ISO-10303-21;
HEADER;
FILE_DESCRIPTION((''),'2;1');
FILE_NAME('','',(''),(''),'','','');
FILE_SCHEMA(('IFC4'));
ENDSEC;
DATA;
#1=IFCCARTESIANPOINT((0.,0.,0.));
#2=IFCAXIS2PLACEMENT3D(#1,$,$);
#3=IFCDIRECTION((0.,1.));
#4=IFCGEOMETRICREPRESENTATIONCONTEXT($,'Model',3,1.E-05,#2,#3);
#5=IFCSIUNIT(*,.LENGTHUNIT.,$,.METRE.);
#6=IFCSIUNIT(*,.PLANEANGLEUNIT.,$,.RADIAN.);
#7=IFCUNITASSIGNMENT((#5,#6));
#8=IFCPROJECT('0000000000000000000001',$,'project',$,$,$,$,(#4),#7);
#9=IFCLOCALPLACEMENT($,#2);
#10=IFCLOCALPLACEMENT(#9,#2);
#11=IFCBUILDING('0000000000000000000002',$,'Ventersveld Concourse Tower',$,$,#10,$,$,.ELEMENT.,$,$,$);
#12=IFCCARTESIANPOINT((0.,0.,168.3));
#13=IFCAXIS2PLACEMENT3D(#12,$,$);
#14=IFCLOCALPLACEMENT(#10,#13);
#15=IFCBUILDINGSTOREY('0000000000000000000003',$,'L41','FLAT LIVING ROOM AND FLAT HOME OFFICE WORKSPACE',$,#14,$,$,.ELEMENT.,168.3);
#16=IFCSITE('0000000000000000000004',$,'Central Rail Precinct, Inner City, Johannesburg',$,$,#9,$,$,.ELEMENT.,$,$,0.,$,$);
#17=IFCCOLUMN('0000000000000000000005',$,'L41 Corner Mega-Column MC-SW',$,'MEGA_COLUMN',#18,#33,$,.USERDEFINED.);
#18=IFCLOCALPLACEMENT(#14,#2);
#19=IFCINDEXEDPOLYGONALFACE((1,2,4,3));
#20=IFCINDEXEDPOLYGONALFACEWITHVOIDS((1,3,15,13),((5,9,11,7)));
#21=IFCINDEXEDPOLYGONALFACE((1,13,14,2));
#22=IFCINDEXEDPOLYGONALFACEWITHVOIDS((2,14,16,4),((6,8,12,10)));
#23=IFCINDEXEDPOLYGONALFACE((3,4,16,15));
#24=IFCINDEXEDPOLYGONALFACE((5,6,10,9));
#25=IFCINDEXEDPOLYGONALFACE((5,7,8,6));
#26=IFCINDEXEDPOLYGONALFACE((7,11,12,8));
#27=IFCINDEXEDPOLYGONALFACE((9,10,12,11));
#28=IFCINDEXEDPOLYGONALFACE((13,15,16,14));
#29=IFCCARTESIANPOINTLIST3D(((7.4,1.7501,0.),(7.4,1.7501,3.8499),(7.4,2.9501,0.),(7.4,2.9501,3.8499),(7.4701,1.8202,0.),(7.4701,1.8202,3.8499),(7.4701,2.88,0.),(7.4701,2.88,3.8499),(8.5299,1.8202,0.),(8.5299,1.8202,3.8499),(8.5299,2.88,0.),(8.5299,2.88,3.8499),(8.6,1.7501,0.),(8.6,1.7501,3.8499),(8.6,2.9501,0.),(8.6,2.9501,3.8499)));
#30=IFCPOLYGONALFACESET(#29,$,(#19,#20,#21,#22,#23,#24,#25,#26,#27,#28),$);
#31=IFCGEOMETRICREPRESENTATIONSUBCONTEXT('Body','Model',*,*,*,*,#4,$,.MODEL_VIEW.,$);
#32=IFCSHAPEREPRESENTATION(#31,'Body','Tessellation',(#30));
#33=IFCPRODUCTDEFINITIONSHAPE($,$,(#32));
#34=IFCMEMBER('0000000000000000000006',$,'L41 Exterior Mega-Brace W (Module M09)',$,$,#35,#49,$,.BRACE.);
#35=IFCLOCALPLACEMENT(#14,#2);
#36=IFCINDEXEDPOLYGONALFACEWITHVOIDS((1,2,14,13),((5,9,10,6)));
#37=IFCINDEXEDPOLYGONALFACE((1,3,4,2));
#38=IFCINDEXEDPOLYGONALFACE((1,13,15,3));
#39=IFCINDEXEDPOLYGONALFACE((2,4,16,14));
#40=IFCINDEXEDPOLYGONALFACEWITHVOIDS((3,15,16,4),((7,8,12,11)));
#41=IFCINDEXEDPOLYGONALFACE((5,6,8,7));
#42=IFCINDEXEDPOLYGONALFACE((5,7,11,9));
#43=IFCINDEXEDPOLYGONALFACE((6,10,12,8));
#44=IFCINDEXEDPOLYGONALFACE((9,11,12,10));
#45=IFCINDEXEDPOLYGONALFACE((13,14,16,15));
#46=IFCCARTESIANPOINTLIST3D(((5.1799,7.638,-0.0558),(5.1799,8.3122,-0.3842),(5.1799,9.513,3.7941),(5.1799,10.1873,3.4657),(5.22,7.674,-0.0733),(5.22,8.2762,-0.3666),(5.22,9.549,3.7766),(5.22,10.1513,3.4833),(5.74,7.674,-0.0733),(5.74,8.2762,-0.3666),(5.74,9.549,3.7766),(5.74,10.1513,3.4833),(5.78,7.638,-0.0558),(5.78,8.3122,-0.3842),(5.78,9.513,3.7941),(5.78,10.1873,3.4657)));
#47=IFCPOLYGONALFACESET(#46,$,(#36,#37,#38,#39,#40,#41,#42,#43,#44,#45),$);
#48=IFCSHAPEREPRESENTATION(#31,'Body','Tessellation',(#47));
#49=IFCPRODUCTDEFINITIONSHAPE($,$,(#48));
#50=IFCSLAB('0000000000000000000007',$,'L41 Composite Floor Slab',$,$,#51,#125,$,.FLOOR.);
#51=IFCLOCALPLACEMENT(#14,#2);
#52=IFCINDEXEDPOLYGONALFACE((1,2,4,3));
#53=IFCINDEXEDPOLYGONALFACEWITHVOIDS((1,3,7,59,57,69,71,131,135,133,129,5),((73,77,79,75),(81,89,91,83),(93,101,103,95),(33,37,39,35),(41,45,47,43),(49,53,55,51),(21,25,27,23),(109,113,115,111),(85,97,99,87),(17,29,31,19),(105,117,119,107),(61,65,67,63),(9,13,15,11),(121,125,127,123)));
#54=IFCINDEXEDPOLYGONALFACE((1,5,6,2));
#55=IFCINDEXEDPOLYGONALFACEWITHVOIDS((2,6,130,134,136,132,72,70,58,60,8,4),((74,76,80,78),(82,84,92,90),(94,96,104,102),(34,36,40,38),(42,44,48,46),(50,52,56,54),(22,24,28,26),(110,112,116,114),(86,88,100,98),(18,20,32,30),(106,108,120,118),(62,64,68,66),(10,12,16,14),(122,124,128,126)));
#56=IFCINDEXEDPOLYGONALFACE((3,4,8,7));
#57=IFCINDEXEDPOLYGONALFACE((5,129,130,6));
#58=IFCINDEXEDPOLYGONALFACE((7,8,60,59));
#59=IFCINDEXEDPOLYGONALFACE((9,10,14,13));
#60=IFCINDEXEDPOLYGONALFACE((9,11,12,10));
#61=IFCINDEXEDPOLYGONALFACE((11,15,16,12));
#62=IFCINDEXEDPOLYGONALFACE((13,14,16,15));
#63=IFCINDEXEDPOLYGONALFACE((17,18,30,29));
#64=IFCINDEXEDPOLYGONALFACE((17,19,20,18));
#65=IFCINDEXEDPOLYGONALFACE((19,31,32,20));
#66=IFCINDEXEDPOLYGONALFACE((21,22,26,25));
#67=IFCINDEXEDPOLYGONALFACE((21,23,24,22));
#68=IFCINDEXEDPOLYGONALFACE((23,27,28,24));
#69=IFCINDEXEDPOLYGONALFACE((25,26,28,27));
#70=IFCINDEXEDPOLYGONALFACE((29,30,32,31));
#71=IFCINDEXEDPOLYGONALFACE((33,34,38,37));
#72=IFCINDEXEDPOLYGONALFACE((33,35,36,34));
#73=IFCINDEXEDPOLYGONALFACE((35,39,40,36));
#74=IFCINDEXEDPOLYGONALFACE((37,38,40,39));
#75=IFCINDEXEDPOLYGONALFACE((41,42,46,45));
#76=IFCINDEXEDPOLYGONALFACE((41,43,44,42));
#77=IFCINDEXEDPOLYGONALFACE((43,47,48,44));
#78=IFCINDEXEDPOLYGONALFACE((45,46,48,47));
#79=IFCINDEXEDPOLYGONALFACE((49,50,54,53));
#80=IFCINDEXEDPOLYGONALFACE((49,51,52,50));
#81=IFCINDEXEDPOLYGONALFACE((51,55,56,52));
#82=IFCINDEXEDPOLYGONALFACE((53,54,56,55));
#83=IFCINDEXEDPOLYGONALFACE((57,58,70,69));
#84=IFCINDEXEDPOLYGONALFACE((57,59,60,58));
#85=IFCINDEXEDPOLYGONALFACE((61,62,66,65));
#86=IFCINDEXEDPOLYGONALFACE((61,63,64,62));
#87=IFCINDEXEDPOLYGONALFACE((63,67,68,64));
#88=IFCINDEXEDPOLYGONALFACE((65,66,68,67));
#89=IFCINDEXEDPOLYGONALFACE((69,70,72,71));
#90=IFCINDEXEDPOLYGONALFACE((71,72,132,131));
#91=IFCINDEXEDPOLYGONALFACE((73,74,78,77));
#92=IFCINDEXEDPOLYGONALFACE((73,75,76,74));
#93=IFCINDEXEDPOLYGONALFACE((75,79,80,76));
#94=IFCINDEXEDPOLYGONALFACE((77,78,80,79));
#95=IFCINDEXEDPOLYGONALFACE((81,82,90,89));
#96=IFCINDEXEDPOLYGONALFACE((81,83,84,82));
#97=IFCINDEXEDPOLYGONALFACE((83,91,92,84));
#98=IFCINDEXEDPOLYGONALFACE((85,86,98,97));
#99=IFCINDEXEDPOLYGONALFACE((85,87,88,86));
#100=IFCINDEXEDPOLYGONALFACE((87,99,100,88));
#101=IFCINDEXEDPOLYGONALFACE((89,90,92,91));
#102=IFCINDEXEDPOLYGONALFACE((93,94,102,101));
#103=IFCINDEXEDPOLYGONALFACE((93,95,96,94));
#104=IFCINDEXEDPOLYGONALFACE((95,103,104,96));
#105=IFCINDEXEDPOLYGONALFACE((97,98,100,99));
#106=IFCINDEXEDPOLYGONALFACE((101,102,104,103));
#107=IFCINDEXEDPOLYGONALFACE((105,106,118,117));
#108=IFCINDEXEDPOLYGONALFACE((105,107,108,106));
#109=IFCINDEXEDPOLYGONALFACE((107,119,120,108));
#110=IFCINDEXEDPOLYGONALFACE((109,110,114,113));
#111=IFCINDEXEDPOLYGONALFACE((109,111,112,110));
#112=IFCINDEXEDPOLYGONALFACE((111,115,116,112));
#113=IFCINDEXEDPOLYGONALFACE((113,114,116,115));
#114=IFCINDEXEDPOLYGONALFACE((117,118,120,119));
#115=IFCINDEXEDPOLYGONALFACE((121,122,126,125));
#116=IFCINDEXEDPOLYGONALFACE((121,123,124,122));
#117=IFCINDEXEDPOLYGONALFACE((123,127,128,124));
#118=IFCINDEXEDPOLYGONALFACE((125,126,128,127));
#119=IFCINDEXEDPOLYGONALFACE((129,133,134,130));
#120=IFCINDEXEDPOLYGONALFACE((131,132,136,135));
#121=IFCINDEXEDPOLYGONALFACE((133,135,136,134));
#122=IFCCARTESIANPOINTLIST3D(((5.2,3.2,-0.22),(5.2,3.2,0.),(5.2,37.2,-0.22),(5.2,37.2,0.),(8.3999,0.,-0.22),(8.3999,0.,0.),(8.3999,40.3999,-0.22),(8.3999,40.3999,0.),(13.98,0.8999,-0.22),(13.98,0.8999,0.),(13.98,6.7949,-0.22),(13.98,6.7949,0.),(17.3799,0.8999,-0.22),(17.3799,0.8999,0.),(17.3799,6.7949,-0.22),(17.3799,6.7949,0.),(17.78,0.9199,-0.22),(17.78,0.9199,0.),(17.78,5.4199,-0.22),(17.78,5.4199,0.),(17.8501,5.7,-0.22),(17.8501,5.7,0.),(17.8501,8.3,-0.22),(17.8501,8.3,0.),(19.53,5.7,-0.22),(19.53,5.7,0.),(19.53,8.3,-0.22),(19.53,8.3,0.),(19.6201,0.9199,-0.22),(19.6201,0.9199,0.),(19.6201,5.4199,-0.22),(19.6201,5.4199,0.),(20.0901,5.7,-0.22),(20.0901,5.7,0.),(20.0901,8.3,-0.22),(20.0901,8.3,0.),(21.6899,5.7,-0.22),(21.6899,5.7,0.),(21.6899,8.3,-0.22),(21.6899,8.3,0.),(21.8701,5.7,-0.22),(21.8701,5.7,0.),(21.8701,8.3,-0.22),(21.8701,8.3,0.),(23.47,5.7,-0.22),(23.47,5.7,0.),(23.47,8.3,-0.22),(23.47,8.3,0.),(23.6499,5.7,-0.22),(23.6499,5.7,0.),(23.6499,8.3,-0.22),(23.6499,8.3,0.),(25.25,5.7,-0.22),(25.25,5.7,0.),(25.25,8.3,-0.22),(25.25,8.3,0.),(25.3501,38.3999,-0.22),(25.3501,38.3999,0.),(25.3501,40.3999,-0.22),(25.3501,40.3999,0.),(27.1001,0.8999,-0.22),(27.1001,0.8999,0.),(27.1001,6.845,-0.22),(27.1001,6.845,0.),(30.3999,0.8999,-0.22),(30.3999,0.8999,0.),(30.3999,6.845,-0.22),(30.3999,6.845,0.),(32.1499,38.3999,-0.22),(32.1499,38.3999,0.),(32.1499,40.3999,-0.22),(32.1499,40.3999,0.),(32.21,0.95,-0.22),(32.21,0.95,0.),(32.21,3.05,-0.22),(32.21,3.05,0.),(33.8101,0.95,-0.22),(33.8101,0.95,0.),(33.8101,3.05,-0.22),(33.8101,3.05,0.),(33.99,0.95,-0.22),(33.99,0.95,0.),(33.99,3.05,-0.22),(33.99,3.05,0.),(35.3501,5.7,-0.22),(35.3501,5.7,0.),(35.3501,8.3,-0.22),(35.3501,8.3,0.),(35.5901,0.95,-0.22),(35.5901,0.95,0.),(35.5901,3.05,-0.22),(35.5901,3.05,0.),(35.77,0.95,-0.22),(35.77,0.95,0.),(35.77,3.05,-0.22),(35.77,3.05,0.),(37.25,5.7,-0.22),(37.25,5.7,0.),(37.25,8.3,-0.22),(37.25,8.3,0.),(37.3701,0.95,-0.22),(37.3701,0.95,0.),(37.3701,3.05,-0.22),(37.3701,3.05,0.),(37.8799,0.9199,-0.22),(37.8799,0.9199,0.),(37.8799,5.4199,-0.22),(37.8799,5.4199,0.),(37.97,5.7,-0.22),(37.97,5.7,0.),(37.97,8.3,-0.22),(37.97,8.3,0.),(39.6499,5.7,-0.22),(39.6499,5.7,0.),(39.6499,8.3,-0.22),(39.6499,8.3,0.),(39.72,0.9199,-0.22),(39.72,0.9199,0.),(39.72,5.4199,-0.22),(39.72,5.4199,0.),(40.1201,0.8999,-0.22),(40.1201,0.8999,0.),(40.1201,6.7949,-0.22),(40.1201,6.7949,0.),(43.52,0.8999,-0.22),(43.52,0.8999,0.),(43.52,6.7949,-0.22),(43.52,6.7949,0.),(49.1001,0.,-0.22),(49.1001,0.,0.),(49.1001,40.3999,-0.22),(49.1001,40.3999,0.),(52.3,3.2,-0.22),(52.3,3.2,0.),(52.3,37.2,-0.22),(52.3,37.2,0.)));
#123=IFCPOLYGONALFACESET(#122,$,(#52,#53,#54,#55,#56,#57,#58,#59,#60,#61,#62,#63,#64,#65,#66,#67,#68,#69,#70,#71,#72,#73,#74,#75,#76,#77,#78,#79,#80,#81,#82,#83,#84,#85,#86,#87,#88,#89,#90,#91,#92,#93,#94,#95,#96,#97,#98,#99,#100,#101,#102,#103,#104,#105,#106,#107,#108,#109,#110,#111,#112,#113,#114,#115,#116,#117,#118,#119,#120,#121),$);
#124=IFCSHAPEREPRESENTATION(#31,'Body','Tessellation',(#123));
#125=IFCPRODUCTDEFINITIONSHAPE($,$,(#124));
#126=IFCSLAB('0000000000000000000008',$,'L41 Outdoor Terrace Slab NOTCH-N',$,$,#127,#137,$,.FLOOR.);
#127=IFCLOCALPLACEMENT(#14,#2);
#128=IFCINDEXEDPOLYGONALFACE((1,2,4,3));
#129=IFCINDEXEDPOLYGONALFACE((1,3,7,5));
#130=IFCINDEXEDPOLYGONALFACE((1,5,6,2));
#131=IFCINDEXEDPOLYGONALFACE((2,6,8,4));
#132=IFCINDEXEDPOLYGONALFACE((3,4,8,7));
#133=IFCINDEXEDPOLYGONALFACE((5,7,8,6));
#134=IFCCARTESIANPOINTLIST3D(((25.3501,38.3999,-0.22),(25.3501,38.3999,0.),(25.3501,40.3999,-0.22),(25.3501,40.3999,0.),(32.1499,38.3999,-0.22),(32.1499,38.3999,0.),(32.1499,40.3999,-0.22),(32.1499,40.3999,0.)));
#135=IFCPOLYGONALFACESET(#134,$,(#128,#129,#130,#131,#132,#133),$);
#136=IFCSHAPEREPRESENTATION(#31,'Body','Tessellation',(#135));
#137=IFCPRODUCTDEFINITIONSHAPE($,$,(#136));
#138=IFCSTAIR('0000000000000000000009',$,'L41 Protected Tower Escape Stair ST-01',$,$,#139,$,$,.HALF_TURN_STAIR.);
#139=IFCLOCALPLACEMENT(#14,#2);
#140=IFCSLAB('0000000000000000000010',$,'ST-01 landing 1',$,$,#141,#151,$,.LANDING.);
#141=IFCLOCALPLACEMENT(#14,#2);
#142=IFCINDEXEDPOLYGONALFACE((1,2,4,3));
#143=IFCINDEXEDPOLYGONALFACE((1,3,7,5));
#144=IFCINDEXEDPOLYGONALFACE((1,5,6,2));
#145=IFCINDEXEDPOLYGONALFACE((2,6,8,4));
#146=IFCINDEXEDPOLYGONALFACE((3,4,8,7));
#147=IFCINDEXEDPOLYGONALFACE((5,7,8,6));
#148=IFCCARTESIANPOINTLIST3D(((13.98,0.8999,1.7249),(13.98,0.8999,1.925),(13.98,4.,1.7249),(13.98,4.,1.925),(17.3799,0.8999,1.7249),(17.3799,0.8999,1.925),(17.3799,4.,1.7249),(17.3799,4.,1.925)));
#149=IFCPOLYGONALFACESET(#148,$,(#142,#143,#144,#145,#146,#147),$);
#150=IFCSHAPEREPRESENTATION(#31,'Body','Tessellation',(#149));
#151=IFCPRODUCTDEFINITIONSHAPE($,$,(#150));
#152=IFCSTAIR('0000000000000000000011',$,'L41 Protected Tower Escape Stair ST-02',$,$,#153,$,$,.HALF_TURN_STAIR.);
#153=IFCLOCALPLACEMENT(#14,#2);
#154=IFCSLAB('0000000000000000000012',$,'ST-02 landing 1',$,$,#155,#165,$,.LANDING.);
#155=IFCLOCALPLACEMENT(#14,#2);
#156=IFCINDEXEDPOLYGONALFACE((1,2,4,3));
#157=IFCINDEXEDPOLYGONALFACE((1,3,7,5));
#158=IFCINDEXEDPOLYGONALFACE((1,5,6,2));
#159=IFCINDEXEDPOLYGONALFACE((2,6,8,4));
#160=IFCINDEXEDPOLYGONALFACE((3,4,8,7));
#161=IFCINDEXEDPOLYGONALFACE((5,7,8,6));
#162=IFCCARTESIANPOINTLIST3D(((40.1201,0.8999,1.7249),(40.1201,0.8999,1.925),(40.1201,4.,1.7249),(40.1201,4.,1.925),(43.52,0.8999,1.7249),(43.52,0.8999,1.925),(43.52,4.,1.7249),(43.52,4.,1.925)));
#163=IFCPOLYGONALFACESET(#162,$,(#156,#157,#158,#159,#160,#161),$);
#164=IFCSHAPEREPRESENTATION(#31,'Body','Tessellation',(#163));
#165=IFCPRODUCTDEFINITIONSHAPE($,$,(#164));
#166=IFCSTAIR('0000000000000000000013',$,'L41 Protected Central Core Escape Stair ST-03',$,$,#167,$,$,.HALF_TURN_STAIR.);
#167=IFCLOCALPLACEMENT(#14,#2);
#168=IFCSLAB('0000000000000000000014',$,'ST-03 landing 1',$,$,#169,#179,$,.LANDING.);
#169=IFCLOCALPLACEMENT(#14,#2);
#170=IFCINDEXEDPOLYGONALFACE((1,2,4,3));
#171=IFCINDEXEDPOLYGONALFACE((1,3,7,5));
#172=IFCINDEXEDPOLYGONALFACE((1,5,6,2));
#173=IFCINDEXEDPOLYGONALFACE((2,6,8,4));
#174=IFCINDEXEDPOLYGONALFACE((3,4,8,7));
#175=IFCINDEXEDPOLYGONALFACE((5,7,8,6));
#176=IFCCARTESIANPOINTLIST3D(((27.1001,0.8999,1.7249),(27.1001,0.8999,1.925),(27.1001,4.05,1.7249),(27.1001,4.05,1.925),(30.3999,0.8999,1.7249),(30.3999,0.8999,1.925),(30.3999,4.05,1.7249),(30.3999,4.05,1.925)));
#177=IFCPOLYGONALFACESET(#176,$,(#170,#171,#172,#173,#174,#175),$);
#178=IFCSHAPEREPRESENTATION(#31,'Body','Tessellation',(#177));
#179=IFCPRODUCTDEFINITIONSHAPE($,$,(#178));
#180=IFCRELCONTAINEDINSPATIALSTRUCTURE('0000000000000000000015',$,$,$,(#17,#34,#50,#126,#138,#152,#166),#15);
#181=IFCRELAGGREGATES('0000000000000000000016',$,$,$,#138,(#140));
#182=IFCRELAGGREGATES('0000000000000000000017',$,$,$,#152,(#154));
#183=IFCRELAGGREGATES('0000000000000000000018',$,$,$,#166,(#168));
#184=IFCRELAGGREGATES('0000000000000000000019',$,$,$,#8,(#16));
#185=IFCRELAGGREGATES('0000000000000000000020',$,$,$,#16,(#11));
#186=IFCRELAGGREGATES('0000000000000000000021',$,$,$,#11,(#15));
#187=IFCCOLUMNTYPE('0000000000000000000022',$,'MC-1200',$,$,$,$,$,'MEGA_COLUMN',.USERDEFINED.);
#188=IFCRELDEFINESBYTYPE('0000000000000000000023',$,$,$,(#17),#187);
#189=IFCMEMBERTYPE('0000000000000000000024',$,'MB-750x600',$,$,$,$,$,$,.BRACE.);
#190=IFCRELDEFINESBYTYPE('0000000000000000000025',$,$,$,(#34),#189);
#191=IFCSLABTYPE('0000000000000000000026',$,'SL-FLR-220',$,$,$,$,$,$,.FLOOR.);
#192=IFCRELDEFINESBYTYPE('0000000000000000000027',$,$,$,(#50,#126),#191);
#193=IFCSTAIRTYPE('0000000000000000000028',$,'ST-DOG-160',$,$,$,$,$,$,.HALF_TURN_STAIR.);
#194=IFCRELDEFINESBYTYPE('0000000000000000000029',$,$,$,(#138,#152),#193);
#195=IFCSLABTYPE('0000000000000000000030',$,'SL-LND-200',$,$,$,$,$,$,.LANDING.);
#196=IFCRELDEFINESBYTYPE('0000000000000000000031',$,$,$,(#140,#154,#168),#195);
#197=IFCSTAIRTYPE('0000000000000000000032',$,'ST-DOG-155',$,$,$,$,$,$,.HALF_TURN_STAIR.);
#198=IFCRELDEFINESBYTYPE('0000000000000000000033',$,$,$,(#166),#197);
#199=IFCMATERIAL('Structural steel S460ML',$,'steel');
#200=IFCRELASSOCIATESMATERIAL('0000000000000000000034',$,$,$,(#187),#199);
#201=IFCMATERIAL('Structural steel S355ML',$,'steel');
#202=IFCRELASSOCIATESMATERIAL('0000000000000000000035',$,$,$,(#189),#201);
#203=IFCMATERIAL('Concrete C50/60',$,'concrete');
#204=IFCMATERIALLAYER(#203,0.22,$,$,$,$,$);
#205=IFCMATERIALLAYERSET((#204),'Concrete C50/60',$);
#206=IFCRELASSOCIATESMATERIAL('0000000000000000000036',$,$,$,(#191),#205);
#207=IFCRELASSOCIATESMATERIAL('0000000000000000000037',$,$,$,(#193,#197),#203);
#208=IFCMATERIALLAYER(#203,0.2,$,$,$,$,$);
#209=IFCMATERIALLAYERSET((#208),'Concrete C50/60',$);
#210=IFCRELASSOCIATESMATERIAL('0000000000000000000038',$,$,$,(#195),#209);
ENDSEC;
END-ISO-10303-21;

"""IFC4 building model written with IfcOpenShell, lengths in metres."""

from ifc_helpers import new_model, si_unit, direction, frame, origin, origin_2d, place, context, subcontext, project, spatial, polyline, hollow_rectangle, outline, extrude, material, layer, layer_set, material_profile, profile_set, type_object, element, aggregate, save


model = new_model("IFC4")

# Units and contexts
model_context = context("Model", 3, precision=1e-05, world=origin(), true_north=direction((0.0, 1.0)))
body_context = subcontext(model_context, "Body", "Model", "MODEL_VIEW")
ifc_project = project(units=[si_unit("LENGTHUNIT", "METRE"), si_unit("PLANEANGLEUNIT", "RADIAN")], contexts=[model_context])

# Site, building, storey
site_placement = place(None, origin())
site = spatial("IfcSite", under=ifc_project, at=site_placement, Name="Central Rail Precinct, Inner City, Johannesburg", CompositionType="ELEMENT", RefElevation=0.0)
building_placement = place(site_placement, origin())
building = spatial("IfcBuilding", under=site, at=building_placement, Name="Ventersveld Concourse Tower", CompositionType="ELEMENT")
storey_placement = place(building_placement, frame((0.0, 0.0, 168.3)))
storey = spatial("IfcBuildingStorey", under=building, at=storey_placement, Name="L41", Description="FLAT LIVING ROOM AND FLAT HOME OFFICE WORKSPACE", CompositionType="ELEMENT", Elevation=168.3)

# Column
ifc_material_1 = material(Name="Structural steel S460ML", Category="steel")
ifc_material_profile_1 = material_profile(ifc_material_1, hollow_rectangle(XDim=1.2, YDim=1.2, WallThickness=0.0701, at=origin_2d()), Name="BOX 1200x1200x70")
ifc_profile_set_1 = profile_set([ifc_material_profile_1], Name="Structural steel S460ML")
column_type = type_object("IfcColumnType", Name="MC-1200", ElementType="MEGA_COLUMN", PredefinedType="USERDEFINED", material=ifc_profile_set_1)
column_placement = place(storey_placement, frame((8.0, 2.3501, 0.0), z_axis=(0.0, 0.0, 1.0), x_axis=(1.0, 0.0, 0.0)))
element("IfcColumn", 1, at=column_placement, inside=storey, type_object=column_type, Name="L41 Corner Mega-Column MC-SW", ObjectType="MEGA_COLUMN", PredefinedType="USERDEFINED", context=body_context, shape_type="SweptSolid", body=[
    extrude(hollow_rectangle(XDim=1.2, YDim=1.2, WallThickness=0.0701, at=origin_2d()), origin(), (0.0, 0.0, 1.0), 3.8499),
])

# Member
ifc_material_2 = material(Name="Structural steel S355ML", Category="steel")
ifc_material_profile_2 = material_profile(ifc_material_2, hollow_rectangle(XDim=0.6001, YDim=0.75, WallThickness=0.04, at=origin_2d()), Name="BOX 750x600x40")
ifc_profile_set_2 = profile_set([ifc_material_profile_2], Name="Structural steel S355ML")
member_type = type_object("IfcMemberType", Name="MB-750x600", PredefinedType="BRACE", material=ifc_profile_set_2)
member_placement = place(storey_placement, frame((5.48, 7.9751, -0.22), z_axis=(0.0, 0.437862, 0.899042), x_axis=(-1.0, 0.0, 0.0)))
element("IfcMember", 2, at=member_placement, inside=storey, type_object=member_type, Name="L41 Exterior Mega-Brace W (Module M09)", PredefinedType="BRACE", context=body_context, shape_type="SweptSolid", body=[
    extrude(hollow_rectangle(XDim=0.6001, YDim=0.75, WallThickness=0.04, at=origin_2d()), origin(), (0.0, 0.0, 1.0), 4.2822),
])

# Slabs
ifc_material_3 = material(Name="Concrete C50/60", Category="concrete")
ifc_layer_1 = layer(ifc_material_3, 0.22)
ifc_layer_set_1 = layer_set([ifc_layer_1], Name="Concrete C50/60")
slab_type_1 = type_object("IfcSlabType", Name="SL-FLR-220", PredefinedType="FLOOR", material=ifc_layer_set_1)
slab_1_placement = place(storey_placement, frame((0.0, 0.0, -0.22)))
element("IfcSlab", 3, at=slab_1_placement, inside=storey, type_object=slab_type_1, Name="L41 Composite Floor Slab", PredefinedType="FLOOR", context=body_context, shape_type="SweptSolid", body=[
    extrude(outline(polyline([(8.3999, 0.0), (49.1001, 0.0), (52.3, 3.2), (52.3, 37.2), (49.1001, 40.3999), (32.1499, 40.3999), (32.1499, 38.3999), (25.3501, 38.3999), (25.3501, 40.3999), (8.3999, 40.3999), (5.2, 37.2), (5.2, 3.2), (8.3999, 0.0)]), holes=[polyline([(13.98, 6.7949), (13.98, 0.8999), (17.3799, 0.8999), (17.3799, 6.7949), (13.98, 6.7949)]), polyline([(40.1201, 6.7949), (40.1201, 0.8999), (43.52, 0.8999), (43.52, 6.7949), (40.1201, 6.7949)]), polyline([(27.1001, 6.845), (27.1001, 0.8999), (30.3999, 0.8999), (30.3999, 6.845), (27.1001, 6.845)]), polyline([(17.8501, 5.7), (19.53, 5.7), (19.53, 8.3), (17.8501, 8.3), (17.8501, 5.7)]), polyline([(37.97, 5.7), (39.6499, 5.7), (39.6499, 8.3), (37.97, 8.3), (37.97, 5.7)]), polyline([(35.3501, 5.7), (37.25, 5.7), (37.25, 8.3), (35.3501, 8.3), (35.3501, 5.7)]), polyline([(32.21, 0.95), (33.8101, 0.95), (33.8101, 3.05), (32.21, 3.05), (32.21, 0.95)]), polyline([(33.99, 0.95), (35.5901, 0.95), (35.5901, 3.05), (33.99, 3.05), (33.99, 0.95)]), polyline([(35.77, 0.95), (37.3701, 0.95), (37.3701, 3.05), (35.77, 3.05), (35.77, 0.95)]), polyline([(20.0901, 5.7), (21.6899, 5.7), (21.6899, 8.3), (20.0901, 8.3), (20.0901, 5.7)]), polyline([(21.8701, 5.7), (23.47, 5.7), (23.47, 8.3), (21.8701, 8.3), (21.8701, 5.7)]), polyline([(23.6499, 5.7), (25.25, 5.7), (25.25, 8.3), (23.6499, 8.3), (23.6499, 5.7)]), polyline([(17.78, 0.9199), (19.6201, 0.9199), (19.6201, 5.4199), (17.78, 5.4199), (17.78, 0.9199)]), polyline([(37.8799, 0.9199), (39.72, 0.9199), (39.72, 5.4199), (37.8799, 5.4199), (37.8799, 0.9199)])]), origin(), (0.0, 0.0, 1.0), 0.22),
])
slab_2_placement = place(storey_placement, frame((0.0, 0.0, -0.22)))
element("IfcSlab", 4, at=slab_2_placement, inside=storey, type_object=slab_type_1, Name="L41 Outdoor Terrace Slab NOTCH-N", PredefinedType="FLOOR", context=body_context, shape_type="SweptSolid", body=[
    extrude(outline(polyline([(25.3501, 38.3999), (32.1499, 38.3999), (32.1499, 40.3999), (25.3501, 40.3999), (25.3501, 38.3999)])), origin(), (0.0, 0.0, 1.0), 0.22),
])

# Stairs, slabs
stair_type_1 = type_object("IfcStairType", Name="ST-DOG-160", PredefinedType="HALF_TURN_STAIR", material=ifc_material_3)
stair_1_placement = place(storey_placement, origin())
stair_1 = element("IfcStair", 5, at=stair_1_placement, inside=storey, type_object=stair_type_1, Name="L41 Protected Tower Escape Stair ST-01", PredefinedType="HALF_TURN_STAIR")
ifc_layer_2 = layer(ifc_material_3, 0.2)
ifc_layer_set_2 = layer_set([ifc_layer_2], Name="Concrete C50/60")
slab_type_2 = type_object("IfcSlabType", Name="SL-LND-200", PredefinedType="LANDING", material=ifc_layer_set_2)
slab_3_placement = place(storey_placement, frame((0.0, 0.0, 1.7249)))
slab_3 = element("IfcSlab", 6, at=slab_3_placement, type_object=slab_type_2, Name="ST-01 landing 1", PredefinedType="LANDING", context=body_context, shape_type="SweptSolid", body=[
    extrude(outline(polyline([(13.98, 4.0), (13.98, 0.8999), (17.3799, 0.8999), (17.3799, 4.0), (13.98, 4.0)])), origin(), (0.0, 0.0, 1.0), 0.2002),
])
aggregate(stair_1, [slab_3])
stair_2_placement = place(storey_placement, origin())
stair_2 = element("IfcStair", 7, at=stair_2_placement, inside=storey, type_object=stair_type_1, Name="L41 Protected Tower Escape Stair ST-02", PredefinedType="HALF_TURN_STAIR")
slab_4_placement = place(storey_placement, frame((0.0, 0.0, 1.7249)))
slab_4 = element("IfcSlab", 8, at=slab_4_placement, type_object=slab_type_2, Name="ST-02 landing 1", PredefinedType="LANDING", context=body_context, shape_type="SweptSolid", body=[
    extrude(outline(polyline([(40.1201, 4.0), (40.1201, 0.8999), (43.52, 0.8999), (43.52, 4.0), (40.1201, 4.0)])), origin(), (0.0, 0.0, 1.0), 0.2002),
])
aggregate(stair_2, [slab_4])
stair_type_2 = type_object("IfcStairType", Name="ST-DOG-155", PredefinedType="HALF_TURN_STAIR", material=ifc_material_3)
stair_3_placement = place(storey_placement, origin())
stair_3 = element("IfcStair", 9, at=stair_3_placement, inside=storey, type_object=stair_type_2, Name="L41 Protected Central Core Escape Stair ST-03", PredefinedType="HALF_TURN_STAIR")
slab_5_placement = place(storey_placement, frame((0.0, 0.0, 1.7249)))
slab_5 = element("IfcSlab", 10, at=slab_5_placement, type_object=slab_type_2, Name="ST-03 landing 1", PredefinedType="LANDING", context=body_context, shape_type="SweptSolid", body=[
    extrude(outline(polyline([(27.1001, 4.05), (27.1001, 0.8999), (30.3999, 0.8999), (30.3999, 4.05), (27.1001, 4.05)])), origin(), (0.0, 0.0, 1.0), 0.2002),
])
aggregate(stair_3, [slab_5])

save(model, "model.ifc")
